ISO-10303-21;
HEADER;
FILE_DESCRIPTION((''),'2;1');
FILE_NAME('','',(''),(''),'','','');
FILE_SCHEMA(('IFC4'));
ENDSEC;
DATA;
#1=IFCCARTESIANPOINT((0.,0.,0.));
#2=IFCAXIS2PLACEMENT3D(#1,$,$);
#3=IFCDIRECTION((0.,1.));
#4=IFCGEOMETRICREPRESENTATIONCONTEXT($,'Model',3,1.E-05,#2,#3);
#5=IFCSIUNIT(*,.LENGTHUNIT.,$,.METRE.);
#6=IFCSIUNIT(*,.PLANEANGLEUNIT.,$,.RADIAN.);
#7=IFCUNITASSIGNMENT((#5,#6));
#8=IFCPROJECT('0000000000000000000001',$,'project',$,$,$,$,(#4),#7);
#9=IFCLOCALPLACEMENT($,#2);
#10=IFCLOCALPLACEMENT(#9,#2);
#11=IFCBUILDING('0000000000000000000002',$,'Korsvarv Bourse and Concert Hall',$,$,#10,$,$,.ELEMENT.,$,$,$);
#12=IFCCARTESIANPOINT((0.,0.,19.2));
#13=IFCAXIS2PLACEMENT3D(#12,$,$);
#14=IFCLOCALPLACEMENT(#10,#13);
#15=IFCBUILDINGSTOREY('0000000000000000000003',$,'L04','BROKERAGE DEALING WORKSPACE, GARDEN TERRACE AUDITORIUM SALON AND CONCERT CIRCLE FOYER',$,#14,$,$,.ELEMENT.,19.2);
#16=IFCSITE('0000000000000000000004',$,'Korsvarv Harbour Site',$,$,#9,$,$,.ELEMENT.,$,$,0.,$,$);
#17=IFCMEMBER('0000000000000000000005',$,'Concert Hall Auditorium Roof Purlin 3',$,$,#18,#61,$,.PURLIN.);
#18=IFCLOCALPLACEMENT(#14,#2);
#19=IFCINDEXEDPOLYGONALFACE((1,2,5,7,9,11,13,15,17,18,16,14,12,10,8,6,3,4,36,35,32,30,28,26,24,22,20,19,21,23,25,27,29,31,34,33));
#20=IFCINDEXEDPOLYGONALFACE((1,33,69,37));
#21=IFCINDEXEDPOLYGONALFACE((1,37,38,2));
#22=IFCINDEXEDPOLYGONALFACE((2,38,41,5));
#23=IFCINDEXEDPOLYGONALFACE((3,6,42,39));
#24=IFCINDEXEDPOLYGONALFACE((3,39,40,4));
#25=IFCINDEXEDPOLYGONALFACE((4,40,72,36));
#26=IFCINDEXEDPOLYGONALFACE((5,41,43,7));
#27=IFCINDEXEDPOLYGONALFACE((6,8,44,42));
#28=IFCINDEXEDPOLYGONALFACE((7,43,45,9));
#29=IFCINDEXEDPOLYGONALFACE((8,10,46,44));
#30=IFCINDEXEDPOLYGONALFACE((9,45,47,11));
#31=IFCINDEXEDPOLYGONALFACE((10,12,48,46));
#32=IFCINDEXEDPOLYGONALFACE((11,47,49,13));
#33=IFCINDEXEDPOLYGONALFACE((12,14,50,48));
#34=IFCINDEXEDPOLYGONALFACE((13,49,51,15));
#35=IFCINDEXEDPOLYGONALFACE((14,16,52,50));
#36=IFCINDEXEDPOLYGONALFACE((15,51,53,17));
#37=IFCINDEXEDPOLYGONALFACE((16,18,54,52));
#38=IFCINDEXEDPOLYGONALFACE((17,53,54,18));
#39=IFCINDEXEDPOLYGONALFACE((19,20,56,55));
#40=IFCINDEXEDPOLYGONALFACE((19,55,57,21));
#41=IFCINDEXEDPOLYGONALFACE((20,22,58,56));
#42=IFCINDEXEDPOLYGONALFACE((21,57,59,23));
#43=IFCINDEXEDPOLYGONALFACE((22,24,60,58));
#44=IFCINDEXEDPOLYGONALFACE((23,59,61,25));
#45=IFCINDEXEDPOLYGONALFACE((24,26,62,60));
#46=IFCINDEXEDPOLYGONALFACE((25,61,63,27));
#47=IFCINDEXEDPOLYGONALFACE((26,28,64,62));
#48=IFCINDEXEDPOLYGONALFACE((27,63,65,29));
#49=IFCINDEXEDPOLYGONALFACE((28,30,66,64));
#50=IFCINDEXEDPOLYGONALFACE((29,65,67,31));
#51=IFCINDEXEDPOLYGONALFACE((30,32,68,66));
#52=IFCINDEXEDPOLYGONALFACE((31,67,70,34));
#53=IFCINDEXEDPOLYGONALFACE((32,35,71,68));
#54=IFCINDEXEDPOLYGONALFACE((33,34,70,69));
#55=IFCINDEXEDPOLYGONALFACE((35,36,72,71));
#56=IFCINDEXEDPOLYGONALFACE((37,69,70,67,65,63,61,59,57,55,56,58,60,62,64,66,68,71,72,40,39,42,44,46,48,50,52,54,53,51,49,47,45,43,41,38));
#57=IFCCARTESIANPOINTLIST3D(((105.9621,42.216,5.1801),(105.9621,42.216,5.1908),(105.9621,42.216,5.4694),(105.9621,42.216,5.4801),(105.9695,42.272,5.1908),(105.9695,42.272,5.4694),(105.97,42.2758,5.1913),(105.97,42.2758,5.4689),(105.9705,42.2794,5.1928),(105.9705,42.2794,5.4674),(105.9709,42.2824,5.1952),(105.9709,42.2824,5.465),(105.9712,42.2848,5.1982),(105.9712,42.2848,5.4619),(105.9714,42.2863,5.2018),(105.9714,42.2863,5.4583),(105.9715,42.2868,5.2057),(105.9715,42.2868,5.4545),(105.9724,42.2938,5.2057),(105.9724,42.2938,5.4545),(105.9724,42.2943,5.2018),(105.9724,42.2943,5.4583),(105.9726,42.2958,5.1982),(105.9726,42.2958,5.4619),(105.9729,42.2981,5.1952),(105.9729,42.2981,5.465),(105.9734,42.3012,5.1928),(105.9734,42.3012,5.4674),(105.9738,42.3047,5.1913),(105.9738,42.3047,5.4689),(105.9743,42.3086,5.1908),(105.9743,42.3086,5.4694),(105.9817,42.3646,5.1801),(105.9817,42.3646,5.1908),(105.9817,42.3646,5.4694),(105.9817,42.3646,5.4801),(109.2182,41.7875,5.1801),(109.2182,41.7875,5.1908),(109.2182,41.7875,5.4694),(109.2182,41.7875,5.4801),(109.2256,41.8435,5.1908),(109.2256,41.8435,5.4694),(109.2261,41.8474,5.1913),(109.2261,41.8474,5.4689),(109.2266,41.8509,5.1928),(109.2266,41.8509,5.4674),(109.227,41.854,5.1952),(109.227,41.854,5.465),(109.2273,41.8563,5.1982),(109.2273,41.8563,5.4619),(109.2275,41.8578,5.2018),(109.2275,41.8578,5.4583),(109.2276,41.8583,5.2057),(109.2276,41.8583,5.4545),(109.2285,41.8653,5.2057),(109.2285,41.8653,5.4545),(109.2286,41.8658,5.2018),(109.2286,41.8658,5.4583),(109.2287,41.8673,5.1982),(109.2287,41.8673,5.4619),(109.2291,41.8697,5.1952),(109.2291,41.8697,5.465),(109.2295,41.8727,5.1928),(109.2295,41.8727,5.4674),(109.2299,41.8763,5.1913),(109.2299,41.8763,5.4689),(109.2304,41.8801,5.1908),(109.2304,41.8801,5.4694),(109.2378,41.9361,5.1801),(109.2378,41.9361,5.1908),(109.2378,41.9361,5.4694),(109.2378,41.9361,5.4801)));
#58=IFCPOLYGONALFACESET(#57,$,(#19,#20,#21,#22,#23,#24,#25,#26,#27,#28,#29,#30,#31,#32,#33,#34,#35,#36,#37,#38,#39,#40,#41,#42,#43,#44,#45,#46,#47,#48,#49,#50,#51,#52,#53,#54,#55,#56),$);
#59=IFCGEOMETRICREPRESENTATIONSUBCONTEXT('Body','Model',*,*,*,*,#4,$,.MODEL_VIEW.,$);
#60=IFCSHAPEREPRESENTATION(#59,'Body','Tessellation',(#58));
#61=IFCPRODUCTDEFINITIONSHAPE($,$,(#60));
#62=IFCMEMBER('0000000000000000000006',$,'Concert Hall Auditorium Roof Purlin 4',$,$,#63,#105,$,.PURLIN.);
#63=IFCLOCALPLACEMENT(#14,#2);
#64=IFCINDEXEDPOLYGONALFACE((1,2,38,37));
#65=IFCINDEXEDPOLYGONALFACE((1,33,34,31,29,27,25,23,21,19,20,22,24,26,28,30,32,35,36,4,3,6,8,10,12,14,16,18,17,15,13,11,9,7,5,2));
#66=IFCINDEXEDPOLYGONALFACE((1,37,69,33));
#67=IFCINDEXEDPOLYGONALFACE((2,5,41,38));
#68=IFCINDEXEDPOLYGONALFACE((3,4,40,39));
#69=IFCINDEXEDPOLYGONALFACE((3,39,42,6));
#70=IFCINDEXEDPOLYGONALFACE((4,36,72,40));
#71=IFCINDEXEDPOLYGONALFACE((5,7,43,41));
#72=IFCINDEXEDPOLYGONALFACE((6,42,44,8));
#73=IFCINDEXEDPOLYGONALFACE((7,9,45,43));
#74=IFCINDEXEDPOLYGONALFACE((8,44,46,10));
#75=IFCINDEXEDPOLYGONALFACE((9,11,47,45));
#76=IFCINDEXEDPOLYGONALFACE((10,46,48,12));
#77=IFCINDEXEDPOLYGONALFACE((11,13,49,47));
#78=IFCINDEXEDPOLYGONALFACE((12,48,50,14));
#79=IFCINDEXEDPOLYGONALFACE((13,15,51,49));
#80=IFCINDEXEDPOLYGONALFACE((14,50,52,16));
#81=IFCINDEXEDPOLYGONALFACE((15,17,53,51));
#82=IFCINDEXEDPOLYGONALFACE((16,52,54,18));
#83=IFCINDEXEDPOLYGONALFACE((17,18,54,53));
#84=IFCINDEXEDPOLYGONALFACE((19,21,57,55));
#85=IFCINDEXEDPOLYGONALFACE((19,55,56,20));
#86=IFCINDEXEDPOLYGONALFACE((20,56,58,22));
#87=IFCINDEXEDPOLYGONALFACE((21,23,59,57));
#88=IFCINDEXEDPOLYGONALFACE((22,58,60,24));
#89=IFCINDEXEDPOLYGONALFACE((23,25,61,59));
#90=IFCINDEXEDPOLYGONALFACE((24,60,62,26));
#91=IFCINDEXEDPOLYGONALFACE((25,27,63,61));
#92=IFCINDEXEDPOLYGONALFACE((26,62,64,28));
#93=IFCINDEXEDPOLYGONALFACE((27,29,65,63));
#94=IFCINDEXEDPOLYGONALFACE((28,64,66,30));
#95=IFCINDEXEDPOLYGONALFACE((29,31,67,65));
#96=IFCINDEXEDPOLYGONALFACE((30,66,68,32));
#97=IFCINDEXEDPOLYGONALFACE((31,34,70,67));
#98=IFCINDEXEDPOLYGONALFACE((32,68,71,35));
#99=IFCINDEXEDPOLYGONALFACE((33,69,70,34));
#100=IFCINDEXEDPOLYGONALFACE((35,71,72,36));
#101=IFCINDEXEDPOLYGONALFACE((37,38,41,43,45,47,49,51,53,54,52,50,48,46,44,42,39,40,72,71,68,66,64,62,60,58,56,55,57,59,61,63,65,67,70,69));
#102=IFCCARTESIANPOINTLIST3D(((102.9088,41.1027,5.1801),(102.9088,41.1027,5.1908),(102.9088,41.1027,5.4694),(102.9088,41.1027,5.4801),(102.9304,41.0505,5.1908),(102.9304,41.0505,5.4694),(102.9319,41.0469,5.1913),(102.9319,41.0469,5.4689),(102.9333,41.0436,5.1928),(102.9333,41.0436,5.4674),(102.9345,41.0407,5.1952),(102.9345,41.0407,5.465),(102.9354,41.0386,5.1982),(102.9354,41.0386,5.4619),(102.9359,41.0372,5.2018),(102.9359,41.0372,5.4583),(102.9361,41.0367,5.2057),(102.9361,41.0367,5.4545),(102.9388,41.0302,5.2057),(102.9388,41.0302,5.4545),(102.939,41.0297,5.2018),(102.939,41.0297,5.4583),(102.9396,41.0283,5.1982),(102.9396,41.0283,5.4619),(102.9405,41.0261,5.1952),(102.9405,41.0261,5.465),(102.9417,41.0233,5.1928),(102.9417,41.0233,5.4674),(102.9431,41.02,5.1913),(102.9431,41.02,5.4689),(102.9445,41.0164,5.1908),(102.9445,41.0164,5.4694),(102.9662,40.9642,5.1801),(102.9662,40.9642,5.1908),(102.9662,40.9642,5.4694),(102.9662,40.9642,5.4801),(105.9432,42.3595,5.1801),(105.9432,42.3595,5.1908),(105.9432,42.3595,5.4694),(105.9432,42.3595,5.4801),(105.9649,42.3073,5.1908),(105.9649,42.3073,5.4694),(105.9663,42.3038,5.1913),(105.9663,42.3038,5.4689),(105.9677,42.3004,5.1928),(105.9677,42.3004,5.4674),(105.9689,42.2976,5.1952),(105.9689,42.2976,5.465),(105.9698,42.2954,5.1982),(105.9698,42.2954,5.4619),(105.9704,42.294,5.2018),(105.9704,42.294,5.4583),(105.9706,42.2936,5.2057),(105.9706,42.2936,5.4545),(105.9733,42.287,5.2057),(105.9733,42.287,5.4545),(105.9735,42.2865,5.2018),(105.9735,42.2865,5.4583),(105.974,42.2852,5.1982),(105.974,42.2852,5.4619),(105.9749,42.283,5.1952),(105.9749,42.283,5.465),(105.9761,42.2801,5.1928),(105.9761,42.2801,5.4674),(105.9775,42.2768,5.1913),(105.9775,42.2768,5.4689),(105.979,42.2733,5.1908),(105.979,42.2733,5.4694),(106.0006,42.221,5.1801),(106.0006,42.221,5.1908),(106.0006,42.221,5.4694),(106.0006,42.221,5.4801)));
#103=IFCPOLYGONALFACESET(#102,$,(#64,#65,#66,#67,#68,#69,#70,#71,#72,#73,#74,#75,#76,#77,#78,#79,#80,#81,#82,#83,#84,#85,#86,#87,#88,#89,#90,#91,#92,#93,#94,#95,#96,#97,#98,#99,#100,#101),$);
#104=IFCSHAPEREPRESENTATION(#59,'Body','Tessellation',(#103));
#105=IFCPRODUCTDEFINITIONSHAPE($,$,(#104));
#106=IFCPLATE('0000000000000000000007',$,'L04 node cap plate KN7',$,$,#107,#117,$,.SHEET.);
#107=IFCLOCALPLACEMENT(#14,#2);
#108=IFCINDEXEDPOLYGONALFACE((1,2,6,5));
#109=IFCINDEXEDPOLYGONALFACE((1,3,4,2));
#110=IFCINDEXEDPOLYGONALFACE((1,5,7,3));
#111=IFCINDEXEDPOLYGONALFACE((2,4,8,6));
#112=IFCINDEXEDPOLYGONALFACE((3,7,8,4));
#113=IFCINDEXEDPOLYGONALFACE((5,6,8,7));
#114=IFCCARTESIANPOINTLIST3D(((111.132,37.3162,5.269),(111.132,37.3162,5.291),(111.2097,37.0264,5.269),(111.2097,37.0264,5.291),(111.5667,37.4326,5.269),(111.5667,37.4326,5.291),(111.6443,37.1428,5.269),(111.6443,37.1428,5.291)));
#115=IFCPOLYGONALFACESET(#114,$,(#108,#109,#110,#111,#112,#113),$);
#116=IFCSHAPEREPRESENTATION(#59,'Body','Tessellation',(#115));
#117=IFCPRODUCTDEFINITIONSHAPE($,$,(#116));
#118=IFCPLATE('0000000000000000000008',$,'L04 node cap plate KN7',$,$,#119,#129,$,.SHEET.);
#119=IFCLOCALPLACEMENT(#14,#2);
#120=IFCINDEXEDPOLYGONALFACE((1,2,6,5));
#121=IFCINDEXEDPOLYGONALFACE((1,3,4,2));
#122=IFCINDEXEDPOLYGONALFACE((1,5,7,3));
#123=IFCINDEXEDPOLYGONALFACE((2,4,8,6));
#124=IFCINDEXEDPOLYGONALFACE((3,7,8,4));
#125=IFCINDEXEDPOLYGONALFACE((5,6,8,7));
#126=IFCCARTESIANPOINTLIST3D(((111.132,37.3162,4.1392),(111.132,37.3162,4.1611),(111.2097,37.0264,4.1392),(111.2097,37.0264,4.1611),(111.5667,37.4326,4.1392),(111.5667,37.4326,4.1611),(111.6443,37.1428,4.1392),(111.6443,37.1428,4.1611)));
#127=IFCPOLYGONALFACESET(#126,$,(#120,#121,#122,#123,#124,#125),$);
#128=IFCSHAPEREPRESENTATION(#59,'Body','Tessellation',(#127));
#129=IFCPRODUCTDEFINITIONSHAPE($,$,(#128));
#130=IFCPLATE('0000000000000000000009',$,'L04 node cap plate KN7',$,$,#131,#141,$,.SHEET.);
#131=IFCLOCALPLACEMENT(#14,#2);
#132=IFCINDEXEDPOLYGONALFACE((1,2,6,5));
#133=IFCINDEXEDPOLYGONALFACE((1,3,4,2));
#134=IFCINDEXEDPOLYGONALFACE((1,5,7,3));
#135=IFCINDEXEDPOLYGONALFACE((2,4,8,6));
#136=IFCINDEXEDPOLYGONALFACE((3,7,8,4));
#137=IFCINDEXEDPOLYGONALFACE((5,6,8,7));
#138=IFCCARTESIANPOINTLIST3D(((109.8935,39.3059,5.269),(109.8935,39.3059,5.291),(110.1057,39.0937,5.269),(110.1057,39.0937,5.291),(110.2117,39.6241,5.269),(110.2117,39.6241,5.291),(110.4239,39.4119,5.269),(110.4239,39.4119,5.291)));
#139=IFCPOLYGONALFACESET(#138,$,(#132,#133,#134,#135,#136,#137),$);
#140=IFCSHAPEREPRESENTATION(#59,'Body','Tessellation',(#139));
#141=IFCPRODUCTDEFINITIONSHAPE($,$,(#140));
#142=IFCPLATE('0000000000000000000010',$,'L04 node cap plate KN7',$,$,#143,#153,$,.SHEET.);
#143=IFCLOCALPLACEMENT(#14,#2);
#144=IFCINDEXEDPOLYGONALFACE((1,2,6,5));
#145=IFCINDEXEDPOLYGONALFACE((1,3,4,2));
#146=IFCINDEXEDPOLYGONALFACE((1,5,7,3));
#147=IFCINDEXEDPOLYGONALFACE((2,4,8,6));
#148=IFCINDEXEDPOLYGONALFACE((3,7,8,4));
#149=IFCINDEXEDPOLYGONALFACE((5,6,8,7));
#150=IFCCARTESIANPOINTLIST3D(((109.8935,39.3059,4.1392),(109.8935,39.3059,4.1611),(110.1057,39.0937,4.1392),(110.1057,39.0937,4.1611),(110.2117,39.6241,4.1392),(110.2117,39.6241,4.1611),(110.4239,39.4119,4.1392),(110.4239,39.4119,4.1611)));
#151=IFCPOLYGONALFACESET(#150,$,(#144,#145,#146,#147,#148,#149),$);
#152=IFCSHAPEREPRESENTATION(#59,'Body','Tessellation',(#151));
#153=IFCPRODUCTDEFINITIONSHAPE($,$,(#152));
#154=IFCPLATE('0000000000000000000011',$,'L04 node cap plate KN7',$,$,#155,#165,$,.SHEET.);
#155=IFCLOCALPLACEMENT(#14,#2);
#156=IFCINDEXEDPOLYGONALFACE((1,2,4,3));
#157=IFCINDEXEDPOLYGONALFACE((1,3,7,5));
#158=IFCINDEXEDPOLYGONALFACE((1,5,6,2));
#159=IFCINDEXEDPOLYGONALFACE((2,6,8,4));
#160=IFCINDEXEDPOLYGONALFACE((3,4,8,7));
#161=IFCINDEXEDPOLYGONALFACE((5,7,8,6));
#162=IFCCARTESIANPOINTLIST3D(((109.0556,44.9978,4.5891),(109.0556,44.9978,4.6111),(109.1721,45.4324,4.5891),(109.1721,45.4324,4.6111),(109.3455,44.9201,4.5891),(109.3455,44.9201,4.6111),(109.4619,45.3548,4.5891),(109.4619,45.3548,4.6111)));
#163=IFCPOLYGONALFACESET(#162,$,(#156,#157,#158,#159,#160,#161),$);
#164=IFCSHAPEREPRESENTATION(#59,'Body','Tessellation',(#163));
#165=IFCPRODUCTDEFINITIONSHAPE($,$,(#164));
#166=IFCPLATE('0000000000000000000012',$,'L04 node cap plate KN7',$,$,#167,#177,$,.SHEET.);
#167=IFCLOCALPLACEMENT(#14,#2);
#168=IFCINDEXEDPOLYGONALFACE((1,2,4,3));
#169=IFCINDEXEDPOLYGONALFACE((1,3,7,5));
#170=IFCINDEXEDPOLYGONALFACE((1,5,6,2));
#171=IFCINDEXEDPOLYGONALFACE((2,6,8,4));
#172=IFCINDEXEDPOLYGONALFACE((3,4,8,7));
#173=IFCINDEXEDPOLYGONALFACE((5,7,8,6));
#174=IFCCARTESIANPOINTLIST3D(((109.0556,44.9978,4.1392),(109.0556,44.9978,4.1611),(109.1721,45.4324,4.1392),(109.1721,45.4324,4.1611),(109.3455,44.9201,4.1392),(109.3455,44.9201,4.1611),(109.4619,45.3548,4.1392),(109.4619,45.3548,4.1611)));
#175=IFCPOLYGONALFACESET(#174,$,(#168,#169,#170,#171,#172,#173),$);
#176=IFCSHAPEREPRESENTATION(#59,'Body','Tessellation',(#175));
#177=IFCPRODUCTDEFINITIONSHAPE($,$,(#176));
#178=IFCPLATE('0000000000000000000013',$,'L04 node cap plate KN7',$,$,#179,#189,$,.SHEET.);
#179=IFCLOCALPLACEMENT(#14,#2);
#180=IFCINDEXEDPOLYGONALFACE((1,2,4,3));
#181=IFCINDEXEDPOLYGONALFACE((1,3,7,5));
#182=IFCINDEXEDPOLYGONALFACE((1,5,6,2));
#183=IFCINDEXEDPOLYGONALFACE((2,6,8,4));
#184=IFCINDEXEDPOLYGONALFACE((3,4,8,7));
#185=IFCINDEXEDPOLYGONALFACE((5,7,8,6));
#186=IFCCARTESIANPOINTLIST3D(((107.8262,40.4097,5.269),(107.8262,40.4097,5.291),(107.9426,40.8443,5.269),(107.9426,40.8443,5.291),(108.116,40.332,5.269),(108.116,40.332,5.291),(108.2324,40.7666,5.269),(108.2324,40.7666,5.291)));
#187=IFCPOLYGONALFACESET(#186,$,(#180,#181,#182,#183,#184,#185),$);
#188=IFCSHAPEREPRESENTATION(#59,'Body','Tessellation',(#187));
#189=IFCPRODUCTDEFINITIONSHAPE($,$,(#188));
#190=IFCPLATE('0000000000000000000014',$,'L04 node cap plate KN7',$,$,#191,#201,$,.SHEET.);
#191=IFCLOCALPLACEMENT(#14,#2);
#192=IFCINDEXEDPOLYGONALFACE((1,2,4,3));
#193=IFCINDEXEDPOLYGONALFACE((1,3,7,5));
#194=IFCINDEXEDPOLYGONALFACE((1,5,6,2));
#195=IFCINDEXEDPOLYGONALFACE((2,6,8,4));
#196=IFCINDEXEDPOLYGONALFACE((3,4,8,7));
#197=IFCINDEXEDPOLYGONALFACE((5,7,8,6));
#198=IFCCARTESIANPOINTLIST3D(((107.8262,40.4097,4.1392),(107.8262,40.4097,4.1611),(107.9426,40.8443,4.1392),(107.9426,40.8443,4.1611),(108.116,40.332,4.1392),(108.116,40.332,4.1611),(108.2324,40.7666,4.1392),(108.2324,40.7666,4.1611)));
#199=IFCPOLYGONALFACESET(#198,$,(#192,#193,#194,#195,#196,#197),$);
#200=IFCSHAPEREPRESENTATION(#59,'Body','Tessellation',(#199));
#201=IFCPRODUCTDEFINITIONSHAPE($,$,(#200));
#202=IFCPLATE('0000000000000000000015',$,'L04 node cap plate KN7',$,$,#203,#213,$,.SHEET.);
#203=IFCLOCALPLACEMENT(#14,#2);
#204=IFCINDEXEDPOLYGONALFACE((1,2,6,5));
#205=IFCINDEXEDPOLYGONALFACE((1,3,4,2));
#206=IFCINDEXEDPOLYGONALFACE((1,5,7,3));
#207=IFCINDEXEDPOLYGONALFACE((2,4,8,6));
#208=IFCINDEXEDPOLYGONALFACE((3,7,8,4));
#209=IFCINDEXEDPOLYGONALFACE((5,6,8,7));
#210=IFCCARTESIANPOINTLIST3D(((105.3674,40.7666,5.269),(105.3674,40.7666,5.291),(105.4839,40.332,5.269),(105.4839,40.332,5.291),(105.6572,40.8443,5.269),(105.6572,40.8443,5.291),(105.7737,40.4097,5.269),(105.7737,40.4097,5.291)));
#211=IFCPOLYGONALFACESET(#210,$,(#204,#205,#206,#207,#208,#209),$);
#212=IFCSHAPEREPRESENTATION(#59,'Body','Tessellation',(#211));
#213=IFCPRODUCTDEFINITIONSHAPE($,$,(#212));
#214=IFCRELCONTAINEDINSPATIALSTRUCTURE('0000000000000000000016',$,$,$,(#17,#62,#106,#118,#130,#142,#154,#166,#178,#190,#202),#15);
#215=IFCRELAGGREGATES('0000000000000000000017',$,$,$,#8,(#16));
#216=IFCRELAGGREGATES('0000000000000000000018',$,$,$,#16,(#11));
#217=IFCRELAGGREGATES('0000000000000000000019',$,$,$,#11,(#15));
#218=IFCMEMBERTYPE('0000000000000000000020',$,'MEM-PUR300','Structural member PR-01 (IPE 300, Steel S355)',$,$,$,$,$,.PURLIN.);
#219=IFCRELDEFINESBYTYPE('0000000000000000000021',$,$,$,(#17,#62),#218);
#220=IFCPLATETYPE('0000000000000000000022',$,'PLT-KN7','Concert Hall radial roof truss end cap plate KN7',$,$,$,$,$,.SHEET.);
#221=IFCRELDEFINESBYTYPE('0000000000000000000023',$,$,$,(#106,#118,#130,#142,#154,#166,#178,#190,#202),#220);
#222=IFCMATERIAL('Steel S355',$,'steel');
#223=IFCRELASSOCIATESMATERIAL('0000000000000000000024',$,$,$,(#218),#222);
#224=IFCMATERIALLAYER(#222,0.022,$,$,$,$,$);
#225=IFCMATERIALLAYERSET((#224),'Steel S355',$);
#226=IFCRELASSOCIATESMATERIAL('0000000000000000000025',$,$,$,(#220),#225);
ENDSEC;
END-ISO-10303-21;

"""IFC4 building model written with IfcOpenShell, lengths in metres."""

from ifc_helpers import new_model, si_unit, direction, frame, origin, origin_2d, place, context, subcontext, project, spatial, rectangle, i_section, extrude, source, transform, mapped, material, layer, layer_set, material_profile, profile_set, type_object, element, save


model = new_model("IFC4")

# Units and contexts
model_context = context("Model", 3, precision=1e-05, world=origin(), true_north=direction((0.0, 1.0)))
body_context = subcontext(model_context, "Body", "Model", "MODEL_VIEW")
ifc_project = project(units=[si_unit("LENGTHUNIT", "METRE"), si_unit("PLANEANGLEUNIT", "RADIAN")], contexts=[model_context])

# Site, building, storey
site_placement = place(None, origin())
site = spatial("IfcSite", under=ifc_project, at=site_placement, Name="Korsvarv Harbour Site", CompositionType="ELEMENT", RefElevation=0.0)
building_placement = place(site_placement, origin())
building = spatial("IfcBuilding", under=site, at=building_placement, Name="Korsvarv Bourse and Concert Hall", CompositionType="ELEMENT")
storey_placement = place(building_placement, frame((0.0, 0.0, 19.2)))
storey = spatial("IfcBuildingStorey", under=building, at=storey_placement, Name="L04", Description="BROKERAGE DEALING WORKSPACE, GARDEN TERRACE AUDITORIUM SALON AND CONCERT CIRCLE FOYER", CompositionType="ELEMENT", Elevation=19.2)

# Shared definitions
ifc_material_1 = material(Name="Steel S355", Category="steel")

# Members
ifc_material_profile_1 = material_profile(ifc_material_1, i_section(OverallWidth=0.1499, OverallDepth=0.3, WebThickness=0.0071, FlangeThickness=0.0107, FilletRadius=0.0149, at=origin_2d()), Name="IPE 300")
ifc_profile_set_1 = profile_set([ifc_material_profile_1], Name="Steel S355")
member_type_1 = type_object("IfcMemberType", Name="MEM-PUR300", Description="Structural member PR-01 (IPE 300, Steel S355)", PredefinedType="PURLIN", material=ifc_profile_set_1)
shared_shape_1 = source(origin(), body_context, "Body", "SweptSolid", [
    extrude(i_section(OverallWidth=0.1499, OverallDepth=0.3, WebThickness=0.0071, FlangeThickness=0.0107, FilletRadius=0.0149, at=origin_2d()), origin(), (0.0, 0.0, 1.0), 3.2842),
])
member_1_placement = place(storey_placement, frame((109.228, 41.8618, 5.3301), z_axis=(-0.991453, 0.130464, 0.0), x_axis=(-0.130464, -0.991453, 0.0)))
element("IfcMember", 1, at=member_1_placement, inside=storey, type_object=member_type_1, Name="Concert Hall Auditorium Roof Purlin 3", PredefinedType="PURLIN", context=body_context, shape_type="MappedRepresentation", body=[
    mapped(shared_shape_1, transform((0.0, 0.0, 0.0), scale=1.0)),
])
shared_shape_2 = source(origin(), body_context, "Body", "SweptSolid", [
    extrude(i_section(OverallWidth=0.1499, OverallDepth=0.3, WebThickness=0.0071, FlangeThickness=0.0107, FilletRadius=0.0149, at=origin_2d()), origin(), (0.0, 0.0, 1.0), 3.2844),
])
member_2_placement = place(storey_placement, frame((105.9719, 42.2903, 5.3301), z_axis=(-0.923886, -0.382667, 0.0), x_axis=(0.382667, -0.923886, 0.0)))
element("IfcMember", 2, at=member_2_placement, inside=storey, type_object=member_type_1, Name="Concert Hall Auditorium Roof Purlin 4", PredefinedType="PURLIN", context=body_context, shape_type="MappedRepresentation", body=[
    mapped(shared_shape_2, transform((0.0, 0.0, 0.0), scale=1.0)),
])

# Plates
ifc_layer_1 = layer(ifc_material_1, 0.022)
ifc_layer_set_1 = layer_set([ifc_layer_1], Name="Steel S355")
plate_type = type_object("IfcPlateType", Name="PLT-KN7", Description="Concert Hall radial roof truss end cap plate KN7", PredefinedType="SHEET", material=ifc_layer_set_1)
shared_shape_3 = source(origin(), body_context, "Body", "SweptSolid", [
    extrude(rectangle(XDim=0.45, YDim=0.3, at=origin_2d()), origin(), (0.0, 0.0, 1.0), 0.022),
])
for number, where, z_axis, x_axis, name in (
    (3, (111.3882, 37.2295, 5.269), (0.0, 0.0, 1.0), (0.965926, 0.258819, 0.0), "L04 node cap plate KN7"),
    (4, (111.3882, 37.2295, 4.1392), (0.0, 0.0, 1.0), (0.965926, 0.258819, 0.0), "L04 node cap plate KN7"),
    (5, (110.1587, 39.3589, 5.269), (0.0, 0.0, 1.0), (0.707107, 0.707107, 0.0), "L04 node cap plate KN7"),
    (6, (110.1587, 39.3589, 4.1392), (0.0, 0.0, 1.0), (0.707107, 0.707107, 0.0), "L04 node cap plate KN7"),
    (7, (109.2588, 45.1763, 4.5891), (0.0, 0.0, 1.0), (0.258819, 0.965926, 0.0), "L04 node cap plate KN7"),
    (8, (109.2588, 45.1763, 4.1392), (0.0, 0.0, 1.0), (0.258819, 0.965926, 0.0), "L04 node cap plate KN7"),
    (9, (108.0293, 40.5881, 5.269), (0.0, 0.0, 1.0), (0.258819, 0.965926, 0.0), "L04 node cap plate KN7"),
    (10, (108.0293, 40.5881, 4.1392), (0.0, 0.0, 1.0), (0.258819, 0.965926, 0.0), "L04 node cap plate KN7"),
    (11, (105.5706, 40.5881, 5.269), (0.0, 0.0, 1.0), (-0.258819, 0.965926, 0.0), "L04 node cap plate KN7"),
):
    element("IfcPlate", number, at=place(storey_placement, frame(where, z_axis=z_axis, x_axis=x_axis)), inside=storey, type_object=plate_type, Name=name, PredefinedType="SHEET", context=body_context, shape_type="MappedRepresentation", body=[
        mapped(shared_shape_3, transform((0.0, 0.0, 0.0), scale=1.0)),
    ])

save(model, "model.ifc")
